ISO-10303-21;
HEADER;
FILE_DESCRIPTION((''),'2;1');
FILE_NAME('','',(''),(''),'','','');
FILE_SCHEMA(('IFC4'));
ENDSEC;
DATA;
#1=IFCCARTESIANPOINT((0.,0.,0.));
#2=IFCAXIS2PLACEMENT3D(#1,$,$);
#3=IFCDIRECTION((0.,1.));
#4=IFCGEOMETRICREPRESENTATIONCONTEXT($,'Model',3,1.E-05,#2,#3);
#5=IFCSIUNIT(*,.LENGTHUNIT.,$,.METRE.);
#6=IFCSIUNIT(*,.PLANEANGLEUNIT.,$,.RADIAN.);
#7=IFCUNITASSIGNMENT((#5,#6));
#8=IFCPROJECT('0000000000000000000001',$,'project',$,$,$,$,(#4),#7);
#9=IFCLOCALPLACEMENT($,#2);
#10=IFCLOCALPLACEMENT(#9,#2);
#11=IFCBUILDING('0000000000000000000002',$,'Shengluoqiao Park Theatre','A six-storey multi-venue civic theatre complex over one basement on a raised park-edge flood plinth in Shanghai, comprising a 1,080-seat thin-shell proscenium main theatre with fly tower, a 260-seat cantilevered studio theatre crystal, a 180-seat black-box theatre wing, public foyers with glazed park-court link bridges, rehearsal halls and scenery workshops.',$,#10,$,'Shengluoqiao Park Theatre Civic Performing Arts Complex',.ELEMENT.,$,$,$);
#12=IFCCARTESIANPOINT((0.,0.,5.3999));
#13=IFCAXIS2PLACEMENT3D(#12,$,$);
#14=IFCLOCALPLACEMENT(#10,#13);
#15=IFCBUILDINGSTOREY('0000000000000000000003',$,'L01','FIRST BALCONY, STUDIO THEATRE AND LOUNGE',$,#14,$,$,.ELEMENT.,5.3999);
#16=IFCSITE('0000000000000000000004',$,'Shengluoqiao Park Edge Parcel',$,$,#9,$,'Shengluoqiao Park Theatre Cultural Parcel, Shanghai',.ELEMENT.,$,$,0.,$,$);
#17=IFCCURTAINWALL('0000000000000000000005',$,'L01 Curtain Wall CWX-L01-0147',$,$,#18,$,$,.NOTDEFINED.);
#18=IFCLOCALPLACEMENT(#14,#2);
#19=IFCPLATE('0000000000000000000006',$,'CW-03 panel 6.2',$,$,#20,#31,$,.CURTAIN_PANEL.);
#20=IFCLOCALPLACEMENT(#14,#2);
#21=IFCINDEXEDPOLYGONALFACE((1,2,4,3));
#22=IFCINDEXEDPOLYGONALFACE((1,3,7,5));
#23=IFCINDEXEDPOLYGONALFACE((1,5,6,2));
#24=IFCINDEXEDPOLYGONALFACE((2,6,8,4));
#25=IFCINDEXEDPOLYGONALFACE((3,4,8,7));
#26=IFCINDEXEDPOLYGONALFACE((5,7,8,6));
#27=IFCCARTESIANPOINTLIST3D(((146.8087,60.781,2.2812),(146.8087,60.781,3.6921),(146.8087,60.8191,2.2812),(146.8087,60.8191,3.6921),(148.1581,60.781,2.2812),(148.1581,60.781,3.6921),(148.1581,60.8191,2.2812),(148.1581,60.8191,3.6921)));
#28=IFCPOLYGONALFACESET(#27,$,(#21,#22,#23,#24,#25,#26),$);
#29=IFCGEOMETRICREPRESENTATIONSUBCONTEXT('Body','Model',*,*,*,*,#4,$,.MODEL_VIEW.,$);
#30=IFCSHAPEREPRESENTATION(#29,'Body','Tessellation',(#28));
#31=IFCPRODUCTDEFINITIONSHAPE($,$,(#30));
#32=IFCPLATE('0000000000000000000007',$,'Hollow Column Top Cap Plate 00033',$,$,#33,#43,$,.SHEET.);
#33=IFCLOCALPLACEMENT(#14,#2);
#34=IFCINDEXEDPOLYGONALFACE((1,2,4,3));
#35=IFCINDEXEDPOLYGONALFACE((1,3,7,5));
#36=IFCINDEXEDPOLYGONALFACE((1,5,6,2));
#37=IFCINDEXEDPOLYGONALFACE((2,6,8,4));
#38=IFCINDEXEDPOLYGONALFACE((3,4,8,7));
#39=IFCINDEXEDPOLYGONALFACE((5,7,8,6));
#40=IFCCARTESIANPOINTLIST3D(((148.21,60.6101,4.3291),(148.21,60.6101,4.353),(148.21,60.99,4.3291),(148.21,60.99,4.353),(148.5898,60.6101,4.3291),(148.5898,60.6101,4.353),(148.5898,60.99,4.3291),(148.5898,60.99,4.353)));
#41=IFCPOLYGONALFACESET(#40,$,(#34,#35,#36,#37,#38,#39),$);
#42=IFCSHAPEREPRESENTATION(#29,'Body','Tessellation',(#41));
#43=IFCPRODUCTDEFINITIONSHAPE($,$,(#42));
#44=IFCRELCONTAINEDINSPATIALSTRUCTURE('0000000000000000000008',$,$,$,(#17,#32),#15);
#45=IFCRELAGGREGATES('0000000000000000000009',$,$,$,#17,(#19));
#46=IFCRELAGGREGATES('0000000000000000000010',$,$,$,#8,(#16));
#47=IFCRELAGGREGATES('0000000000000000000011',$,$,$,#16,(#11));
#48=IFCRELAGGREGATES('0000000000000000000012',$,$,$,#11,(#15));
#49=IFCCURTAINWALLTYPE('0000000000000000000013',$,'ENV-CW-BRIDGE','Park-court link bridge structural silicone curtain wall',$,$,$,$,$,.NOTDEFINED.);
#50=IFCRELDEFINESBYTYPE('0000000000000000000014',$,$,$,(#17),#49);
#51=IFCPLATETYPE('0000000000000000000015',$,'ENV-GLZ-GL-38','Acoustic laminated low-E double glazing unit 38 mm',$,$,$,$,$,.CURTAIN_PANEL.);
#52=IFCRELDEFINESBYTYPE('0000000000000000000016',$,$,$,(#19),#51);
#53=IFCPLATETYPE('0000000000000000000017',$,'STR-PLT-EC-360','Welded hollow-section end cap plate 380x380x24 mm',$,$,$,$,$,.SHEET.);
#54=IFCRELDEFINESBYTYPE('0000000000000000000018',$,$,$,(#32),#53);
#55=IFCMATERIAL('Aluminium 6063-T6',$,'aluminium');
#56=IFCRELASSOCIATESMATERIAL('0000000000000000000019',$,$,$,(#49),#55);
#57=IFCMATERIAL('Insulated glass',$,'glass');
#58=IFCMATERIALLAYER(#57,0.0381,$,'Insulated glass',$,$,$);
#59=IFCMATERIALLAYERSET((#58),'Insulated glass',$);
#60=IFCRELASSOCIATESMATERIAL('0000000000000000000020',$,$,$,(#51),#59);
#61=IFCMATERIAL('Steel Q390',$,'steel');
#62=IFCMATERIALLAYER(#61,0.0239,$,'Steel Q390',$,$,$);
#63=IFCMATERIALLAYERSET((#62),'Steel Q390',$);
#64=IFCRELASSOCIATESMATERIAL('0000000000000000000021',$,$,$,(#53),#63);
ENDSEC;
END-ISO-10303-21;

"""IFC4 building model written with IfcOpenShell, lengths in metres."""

from ifc_helpers import new_model, si_unit, direction, frame, origin, origin_2d, place, context, subcontext, project, spatial, rectangle, extrude, material, layer, layer_set, type_object, element, aggregate, save


model = new_model("IFC4")

# Units and contexts
model_context = context("Model", 3, precision=1e-05, world=origin(), true_north=direction((0.0, 1.0)))
body_context = subcontext(model_context, "Body", "Model", "MODEL_VIEW")
ifc_project = project(units=[si_unit("LENGTHUNIT", "METRE"), si_unit("PLANEANGLEUNIT", "RADIAN")], contexts=[model_context])

# Site, building, storey
site_placement = place(None, origin())
site = spatial("IfcSite", under=ifc_project, at=site_placement, Name="Shengluoqiao Park Edge Parcel", LongName="Shengluoqiao Park Theatre Cultural Parcel, Shanghai", CompositionType="ELEMENT", RefElevation=0.0)
building_placement = place(site_placement, origin())
building = spatial("IfcBuilding", under=site, at=building_placement, Name="Shengluoqiao Park Theatre", Description="A six-storey multi-venue civic theatre complex over one basement on a raised park-edge flood plinth in Shanghai, comprising a 1,080-seat thin-shell proscenium main theatre with fly tower, a 260-seat cantilevered studio theatre crystal, a 180-seat black-box theatre wing, public foyers with glazed park-court link bridges, rehearsal halls and scenery workshops.", LongName="Shengluoqiao Park Theatre Civic Performing Arts Complex", CompositionType="ELEMENT")
storey_placement = place(building_placement, frame((0.0, 0.0, 5.3999)))
storey = spatial("IfcBuildingStorey", under=building, at=storey_placement, Name="L01", Description="FIRST BALCONY, STUDIO THEATRE AND LOUNGE", CompositionType="ELEMENT", Elevation=5.3999)

# Curtain wall
ifc_material_1 = material(Name="Aluminium 6063-T6", Category="aluminium")
curtain_wall_type = type_object("IfcCurtainWallType", Name="ENV-CW-BRIDGE", Description="Park-court link bridge structural silicone curtain wall", PredefinedType="NOTDEFINED", material=ifc_material_1)
curtain_wall_1_placement = place(storey_placement, origin())
curtain_wall_1 = element("IfcCurtainWall", 1, at=curtain_wall_1_placement, inside=storey, type_object=curtain_wall_type, Name="L01 Curtain Wall CWX-L01-0147", PredefinedType="NOTDEFINED")

# Plates
ifc_material_2 = material(Name="Insulated glass", Category="glass")
ifc_layer_1 = layer(ifc_material_2, 0.0381, Name="Insulated glass")
ifc_layer_set_1 = layer_set([ifc_layer_1], Name="Insulated glass")
plate_type_1 = type_object("IfcPlateType", Name="ENV-GLZ-GL-38", Description="Acoustic laminated low-E double glazing unit 38 mm", PredefinedType="CURTAIN_PANEL", material=ifc_layer_set_1)
plate_1_placement = place(storey_placement, frame((147.4834, 60.8, 2.2812), z_axis=(0.0, 0.0, 1.0), x_axis=(1.0, 0.0, 0.0)))
plate_1 = element("IfcPlate", 2, at=plate_1_placement, type_object=plate_type_1, Name="CW-03 panel 6.2", PredefinedType="CURTAIN_PANEL", context=body_context, shape_type="SweptSolid", body=[
    extrude(rectangle(XDim=1.3494, YDim=0.0381, at=origin_2d()), origin(), (0.0, 0.0, 1.0), 1.4109),
])
aggregate(curtain_wall_1, [plate_1])
ifc_material_3 = material(Name="Steel Q390", Category="steel")
ifc_layer_2 = layer(ifc_material_3, 0.0239, Name="Steel Q390")
ifc_layer_set_2 = layer_set([ifc_layer_2], Name="Steel Q390")
plate_type_2 = type_object("IfcPlateType", Name="STR-PLT-EC-360", Description="Welded hollow-section end cap plate 380x380x24 mm", PredefinedType="SHEET", material=ifc_layer_set_2)
plate_2_placement = place(storey_placement, frame((148.3999, 60.8, 4.3291), z_axis=(0.0, 0.0, 1.0), x_axis=(1.0, 0.0, 0.0)))
element("IfcPlate", 3, at=plate_2_placement, inside=storey, type_object=plate_type_2, Name="Hollow Column Top Cap Plate 00033", PredefinedType="SHEET", context=body_context, shape_type="SweptSolid", body=[
    extrude(rectangle(XDim=0.3799, YDim=0.3799, at=origin_2d()), origin(), (0.0, 0.0, 1.0), 0.0239),
])

save(model, "model.ifc")
